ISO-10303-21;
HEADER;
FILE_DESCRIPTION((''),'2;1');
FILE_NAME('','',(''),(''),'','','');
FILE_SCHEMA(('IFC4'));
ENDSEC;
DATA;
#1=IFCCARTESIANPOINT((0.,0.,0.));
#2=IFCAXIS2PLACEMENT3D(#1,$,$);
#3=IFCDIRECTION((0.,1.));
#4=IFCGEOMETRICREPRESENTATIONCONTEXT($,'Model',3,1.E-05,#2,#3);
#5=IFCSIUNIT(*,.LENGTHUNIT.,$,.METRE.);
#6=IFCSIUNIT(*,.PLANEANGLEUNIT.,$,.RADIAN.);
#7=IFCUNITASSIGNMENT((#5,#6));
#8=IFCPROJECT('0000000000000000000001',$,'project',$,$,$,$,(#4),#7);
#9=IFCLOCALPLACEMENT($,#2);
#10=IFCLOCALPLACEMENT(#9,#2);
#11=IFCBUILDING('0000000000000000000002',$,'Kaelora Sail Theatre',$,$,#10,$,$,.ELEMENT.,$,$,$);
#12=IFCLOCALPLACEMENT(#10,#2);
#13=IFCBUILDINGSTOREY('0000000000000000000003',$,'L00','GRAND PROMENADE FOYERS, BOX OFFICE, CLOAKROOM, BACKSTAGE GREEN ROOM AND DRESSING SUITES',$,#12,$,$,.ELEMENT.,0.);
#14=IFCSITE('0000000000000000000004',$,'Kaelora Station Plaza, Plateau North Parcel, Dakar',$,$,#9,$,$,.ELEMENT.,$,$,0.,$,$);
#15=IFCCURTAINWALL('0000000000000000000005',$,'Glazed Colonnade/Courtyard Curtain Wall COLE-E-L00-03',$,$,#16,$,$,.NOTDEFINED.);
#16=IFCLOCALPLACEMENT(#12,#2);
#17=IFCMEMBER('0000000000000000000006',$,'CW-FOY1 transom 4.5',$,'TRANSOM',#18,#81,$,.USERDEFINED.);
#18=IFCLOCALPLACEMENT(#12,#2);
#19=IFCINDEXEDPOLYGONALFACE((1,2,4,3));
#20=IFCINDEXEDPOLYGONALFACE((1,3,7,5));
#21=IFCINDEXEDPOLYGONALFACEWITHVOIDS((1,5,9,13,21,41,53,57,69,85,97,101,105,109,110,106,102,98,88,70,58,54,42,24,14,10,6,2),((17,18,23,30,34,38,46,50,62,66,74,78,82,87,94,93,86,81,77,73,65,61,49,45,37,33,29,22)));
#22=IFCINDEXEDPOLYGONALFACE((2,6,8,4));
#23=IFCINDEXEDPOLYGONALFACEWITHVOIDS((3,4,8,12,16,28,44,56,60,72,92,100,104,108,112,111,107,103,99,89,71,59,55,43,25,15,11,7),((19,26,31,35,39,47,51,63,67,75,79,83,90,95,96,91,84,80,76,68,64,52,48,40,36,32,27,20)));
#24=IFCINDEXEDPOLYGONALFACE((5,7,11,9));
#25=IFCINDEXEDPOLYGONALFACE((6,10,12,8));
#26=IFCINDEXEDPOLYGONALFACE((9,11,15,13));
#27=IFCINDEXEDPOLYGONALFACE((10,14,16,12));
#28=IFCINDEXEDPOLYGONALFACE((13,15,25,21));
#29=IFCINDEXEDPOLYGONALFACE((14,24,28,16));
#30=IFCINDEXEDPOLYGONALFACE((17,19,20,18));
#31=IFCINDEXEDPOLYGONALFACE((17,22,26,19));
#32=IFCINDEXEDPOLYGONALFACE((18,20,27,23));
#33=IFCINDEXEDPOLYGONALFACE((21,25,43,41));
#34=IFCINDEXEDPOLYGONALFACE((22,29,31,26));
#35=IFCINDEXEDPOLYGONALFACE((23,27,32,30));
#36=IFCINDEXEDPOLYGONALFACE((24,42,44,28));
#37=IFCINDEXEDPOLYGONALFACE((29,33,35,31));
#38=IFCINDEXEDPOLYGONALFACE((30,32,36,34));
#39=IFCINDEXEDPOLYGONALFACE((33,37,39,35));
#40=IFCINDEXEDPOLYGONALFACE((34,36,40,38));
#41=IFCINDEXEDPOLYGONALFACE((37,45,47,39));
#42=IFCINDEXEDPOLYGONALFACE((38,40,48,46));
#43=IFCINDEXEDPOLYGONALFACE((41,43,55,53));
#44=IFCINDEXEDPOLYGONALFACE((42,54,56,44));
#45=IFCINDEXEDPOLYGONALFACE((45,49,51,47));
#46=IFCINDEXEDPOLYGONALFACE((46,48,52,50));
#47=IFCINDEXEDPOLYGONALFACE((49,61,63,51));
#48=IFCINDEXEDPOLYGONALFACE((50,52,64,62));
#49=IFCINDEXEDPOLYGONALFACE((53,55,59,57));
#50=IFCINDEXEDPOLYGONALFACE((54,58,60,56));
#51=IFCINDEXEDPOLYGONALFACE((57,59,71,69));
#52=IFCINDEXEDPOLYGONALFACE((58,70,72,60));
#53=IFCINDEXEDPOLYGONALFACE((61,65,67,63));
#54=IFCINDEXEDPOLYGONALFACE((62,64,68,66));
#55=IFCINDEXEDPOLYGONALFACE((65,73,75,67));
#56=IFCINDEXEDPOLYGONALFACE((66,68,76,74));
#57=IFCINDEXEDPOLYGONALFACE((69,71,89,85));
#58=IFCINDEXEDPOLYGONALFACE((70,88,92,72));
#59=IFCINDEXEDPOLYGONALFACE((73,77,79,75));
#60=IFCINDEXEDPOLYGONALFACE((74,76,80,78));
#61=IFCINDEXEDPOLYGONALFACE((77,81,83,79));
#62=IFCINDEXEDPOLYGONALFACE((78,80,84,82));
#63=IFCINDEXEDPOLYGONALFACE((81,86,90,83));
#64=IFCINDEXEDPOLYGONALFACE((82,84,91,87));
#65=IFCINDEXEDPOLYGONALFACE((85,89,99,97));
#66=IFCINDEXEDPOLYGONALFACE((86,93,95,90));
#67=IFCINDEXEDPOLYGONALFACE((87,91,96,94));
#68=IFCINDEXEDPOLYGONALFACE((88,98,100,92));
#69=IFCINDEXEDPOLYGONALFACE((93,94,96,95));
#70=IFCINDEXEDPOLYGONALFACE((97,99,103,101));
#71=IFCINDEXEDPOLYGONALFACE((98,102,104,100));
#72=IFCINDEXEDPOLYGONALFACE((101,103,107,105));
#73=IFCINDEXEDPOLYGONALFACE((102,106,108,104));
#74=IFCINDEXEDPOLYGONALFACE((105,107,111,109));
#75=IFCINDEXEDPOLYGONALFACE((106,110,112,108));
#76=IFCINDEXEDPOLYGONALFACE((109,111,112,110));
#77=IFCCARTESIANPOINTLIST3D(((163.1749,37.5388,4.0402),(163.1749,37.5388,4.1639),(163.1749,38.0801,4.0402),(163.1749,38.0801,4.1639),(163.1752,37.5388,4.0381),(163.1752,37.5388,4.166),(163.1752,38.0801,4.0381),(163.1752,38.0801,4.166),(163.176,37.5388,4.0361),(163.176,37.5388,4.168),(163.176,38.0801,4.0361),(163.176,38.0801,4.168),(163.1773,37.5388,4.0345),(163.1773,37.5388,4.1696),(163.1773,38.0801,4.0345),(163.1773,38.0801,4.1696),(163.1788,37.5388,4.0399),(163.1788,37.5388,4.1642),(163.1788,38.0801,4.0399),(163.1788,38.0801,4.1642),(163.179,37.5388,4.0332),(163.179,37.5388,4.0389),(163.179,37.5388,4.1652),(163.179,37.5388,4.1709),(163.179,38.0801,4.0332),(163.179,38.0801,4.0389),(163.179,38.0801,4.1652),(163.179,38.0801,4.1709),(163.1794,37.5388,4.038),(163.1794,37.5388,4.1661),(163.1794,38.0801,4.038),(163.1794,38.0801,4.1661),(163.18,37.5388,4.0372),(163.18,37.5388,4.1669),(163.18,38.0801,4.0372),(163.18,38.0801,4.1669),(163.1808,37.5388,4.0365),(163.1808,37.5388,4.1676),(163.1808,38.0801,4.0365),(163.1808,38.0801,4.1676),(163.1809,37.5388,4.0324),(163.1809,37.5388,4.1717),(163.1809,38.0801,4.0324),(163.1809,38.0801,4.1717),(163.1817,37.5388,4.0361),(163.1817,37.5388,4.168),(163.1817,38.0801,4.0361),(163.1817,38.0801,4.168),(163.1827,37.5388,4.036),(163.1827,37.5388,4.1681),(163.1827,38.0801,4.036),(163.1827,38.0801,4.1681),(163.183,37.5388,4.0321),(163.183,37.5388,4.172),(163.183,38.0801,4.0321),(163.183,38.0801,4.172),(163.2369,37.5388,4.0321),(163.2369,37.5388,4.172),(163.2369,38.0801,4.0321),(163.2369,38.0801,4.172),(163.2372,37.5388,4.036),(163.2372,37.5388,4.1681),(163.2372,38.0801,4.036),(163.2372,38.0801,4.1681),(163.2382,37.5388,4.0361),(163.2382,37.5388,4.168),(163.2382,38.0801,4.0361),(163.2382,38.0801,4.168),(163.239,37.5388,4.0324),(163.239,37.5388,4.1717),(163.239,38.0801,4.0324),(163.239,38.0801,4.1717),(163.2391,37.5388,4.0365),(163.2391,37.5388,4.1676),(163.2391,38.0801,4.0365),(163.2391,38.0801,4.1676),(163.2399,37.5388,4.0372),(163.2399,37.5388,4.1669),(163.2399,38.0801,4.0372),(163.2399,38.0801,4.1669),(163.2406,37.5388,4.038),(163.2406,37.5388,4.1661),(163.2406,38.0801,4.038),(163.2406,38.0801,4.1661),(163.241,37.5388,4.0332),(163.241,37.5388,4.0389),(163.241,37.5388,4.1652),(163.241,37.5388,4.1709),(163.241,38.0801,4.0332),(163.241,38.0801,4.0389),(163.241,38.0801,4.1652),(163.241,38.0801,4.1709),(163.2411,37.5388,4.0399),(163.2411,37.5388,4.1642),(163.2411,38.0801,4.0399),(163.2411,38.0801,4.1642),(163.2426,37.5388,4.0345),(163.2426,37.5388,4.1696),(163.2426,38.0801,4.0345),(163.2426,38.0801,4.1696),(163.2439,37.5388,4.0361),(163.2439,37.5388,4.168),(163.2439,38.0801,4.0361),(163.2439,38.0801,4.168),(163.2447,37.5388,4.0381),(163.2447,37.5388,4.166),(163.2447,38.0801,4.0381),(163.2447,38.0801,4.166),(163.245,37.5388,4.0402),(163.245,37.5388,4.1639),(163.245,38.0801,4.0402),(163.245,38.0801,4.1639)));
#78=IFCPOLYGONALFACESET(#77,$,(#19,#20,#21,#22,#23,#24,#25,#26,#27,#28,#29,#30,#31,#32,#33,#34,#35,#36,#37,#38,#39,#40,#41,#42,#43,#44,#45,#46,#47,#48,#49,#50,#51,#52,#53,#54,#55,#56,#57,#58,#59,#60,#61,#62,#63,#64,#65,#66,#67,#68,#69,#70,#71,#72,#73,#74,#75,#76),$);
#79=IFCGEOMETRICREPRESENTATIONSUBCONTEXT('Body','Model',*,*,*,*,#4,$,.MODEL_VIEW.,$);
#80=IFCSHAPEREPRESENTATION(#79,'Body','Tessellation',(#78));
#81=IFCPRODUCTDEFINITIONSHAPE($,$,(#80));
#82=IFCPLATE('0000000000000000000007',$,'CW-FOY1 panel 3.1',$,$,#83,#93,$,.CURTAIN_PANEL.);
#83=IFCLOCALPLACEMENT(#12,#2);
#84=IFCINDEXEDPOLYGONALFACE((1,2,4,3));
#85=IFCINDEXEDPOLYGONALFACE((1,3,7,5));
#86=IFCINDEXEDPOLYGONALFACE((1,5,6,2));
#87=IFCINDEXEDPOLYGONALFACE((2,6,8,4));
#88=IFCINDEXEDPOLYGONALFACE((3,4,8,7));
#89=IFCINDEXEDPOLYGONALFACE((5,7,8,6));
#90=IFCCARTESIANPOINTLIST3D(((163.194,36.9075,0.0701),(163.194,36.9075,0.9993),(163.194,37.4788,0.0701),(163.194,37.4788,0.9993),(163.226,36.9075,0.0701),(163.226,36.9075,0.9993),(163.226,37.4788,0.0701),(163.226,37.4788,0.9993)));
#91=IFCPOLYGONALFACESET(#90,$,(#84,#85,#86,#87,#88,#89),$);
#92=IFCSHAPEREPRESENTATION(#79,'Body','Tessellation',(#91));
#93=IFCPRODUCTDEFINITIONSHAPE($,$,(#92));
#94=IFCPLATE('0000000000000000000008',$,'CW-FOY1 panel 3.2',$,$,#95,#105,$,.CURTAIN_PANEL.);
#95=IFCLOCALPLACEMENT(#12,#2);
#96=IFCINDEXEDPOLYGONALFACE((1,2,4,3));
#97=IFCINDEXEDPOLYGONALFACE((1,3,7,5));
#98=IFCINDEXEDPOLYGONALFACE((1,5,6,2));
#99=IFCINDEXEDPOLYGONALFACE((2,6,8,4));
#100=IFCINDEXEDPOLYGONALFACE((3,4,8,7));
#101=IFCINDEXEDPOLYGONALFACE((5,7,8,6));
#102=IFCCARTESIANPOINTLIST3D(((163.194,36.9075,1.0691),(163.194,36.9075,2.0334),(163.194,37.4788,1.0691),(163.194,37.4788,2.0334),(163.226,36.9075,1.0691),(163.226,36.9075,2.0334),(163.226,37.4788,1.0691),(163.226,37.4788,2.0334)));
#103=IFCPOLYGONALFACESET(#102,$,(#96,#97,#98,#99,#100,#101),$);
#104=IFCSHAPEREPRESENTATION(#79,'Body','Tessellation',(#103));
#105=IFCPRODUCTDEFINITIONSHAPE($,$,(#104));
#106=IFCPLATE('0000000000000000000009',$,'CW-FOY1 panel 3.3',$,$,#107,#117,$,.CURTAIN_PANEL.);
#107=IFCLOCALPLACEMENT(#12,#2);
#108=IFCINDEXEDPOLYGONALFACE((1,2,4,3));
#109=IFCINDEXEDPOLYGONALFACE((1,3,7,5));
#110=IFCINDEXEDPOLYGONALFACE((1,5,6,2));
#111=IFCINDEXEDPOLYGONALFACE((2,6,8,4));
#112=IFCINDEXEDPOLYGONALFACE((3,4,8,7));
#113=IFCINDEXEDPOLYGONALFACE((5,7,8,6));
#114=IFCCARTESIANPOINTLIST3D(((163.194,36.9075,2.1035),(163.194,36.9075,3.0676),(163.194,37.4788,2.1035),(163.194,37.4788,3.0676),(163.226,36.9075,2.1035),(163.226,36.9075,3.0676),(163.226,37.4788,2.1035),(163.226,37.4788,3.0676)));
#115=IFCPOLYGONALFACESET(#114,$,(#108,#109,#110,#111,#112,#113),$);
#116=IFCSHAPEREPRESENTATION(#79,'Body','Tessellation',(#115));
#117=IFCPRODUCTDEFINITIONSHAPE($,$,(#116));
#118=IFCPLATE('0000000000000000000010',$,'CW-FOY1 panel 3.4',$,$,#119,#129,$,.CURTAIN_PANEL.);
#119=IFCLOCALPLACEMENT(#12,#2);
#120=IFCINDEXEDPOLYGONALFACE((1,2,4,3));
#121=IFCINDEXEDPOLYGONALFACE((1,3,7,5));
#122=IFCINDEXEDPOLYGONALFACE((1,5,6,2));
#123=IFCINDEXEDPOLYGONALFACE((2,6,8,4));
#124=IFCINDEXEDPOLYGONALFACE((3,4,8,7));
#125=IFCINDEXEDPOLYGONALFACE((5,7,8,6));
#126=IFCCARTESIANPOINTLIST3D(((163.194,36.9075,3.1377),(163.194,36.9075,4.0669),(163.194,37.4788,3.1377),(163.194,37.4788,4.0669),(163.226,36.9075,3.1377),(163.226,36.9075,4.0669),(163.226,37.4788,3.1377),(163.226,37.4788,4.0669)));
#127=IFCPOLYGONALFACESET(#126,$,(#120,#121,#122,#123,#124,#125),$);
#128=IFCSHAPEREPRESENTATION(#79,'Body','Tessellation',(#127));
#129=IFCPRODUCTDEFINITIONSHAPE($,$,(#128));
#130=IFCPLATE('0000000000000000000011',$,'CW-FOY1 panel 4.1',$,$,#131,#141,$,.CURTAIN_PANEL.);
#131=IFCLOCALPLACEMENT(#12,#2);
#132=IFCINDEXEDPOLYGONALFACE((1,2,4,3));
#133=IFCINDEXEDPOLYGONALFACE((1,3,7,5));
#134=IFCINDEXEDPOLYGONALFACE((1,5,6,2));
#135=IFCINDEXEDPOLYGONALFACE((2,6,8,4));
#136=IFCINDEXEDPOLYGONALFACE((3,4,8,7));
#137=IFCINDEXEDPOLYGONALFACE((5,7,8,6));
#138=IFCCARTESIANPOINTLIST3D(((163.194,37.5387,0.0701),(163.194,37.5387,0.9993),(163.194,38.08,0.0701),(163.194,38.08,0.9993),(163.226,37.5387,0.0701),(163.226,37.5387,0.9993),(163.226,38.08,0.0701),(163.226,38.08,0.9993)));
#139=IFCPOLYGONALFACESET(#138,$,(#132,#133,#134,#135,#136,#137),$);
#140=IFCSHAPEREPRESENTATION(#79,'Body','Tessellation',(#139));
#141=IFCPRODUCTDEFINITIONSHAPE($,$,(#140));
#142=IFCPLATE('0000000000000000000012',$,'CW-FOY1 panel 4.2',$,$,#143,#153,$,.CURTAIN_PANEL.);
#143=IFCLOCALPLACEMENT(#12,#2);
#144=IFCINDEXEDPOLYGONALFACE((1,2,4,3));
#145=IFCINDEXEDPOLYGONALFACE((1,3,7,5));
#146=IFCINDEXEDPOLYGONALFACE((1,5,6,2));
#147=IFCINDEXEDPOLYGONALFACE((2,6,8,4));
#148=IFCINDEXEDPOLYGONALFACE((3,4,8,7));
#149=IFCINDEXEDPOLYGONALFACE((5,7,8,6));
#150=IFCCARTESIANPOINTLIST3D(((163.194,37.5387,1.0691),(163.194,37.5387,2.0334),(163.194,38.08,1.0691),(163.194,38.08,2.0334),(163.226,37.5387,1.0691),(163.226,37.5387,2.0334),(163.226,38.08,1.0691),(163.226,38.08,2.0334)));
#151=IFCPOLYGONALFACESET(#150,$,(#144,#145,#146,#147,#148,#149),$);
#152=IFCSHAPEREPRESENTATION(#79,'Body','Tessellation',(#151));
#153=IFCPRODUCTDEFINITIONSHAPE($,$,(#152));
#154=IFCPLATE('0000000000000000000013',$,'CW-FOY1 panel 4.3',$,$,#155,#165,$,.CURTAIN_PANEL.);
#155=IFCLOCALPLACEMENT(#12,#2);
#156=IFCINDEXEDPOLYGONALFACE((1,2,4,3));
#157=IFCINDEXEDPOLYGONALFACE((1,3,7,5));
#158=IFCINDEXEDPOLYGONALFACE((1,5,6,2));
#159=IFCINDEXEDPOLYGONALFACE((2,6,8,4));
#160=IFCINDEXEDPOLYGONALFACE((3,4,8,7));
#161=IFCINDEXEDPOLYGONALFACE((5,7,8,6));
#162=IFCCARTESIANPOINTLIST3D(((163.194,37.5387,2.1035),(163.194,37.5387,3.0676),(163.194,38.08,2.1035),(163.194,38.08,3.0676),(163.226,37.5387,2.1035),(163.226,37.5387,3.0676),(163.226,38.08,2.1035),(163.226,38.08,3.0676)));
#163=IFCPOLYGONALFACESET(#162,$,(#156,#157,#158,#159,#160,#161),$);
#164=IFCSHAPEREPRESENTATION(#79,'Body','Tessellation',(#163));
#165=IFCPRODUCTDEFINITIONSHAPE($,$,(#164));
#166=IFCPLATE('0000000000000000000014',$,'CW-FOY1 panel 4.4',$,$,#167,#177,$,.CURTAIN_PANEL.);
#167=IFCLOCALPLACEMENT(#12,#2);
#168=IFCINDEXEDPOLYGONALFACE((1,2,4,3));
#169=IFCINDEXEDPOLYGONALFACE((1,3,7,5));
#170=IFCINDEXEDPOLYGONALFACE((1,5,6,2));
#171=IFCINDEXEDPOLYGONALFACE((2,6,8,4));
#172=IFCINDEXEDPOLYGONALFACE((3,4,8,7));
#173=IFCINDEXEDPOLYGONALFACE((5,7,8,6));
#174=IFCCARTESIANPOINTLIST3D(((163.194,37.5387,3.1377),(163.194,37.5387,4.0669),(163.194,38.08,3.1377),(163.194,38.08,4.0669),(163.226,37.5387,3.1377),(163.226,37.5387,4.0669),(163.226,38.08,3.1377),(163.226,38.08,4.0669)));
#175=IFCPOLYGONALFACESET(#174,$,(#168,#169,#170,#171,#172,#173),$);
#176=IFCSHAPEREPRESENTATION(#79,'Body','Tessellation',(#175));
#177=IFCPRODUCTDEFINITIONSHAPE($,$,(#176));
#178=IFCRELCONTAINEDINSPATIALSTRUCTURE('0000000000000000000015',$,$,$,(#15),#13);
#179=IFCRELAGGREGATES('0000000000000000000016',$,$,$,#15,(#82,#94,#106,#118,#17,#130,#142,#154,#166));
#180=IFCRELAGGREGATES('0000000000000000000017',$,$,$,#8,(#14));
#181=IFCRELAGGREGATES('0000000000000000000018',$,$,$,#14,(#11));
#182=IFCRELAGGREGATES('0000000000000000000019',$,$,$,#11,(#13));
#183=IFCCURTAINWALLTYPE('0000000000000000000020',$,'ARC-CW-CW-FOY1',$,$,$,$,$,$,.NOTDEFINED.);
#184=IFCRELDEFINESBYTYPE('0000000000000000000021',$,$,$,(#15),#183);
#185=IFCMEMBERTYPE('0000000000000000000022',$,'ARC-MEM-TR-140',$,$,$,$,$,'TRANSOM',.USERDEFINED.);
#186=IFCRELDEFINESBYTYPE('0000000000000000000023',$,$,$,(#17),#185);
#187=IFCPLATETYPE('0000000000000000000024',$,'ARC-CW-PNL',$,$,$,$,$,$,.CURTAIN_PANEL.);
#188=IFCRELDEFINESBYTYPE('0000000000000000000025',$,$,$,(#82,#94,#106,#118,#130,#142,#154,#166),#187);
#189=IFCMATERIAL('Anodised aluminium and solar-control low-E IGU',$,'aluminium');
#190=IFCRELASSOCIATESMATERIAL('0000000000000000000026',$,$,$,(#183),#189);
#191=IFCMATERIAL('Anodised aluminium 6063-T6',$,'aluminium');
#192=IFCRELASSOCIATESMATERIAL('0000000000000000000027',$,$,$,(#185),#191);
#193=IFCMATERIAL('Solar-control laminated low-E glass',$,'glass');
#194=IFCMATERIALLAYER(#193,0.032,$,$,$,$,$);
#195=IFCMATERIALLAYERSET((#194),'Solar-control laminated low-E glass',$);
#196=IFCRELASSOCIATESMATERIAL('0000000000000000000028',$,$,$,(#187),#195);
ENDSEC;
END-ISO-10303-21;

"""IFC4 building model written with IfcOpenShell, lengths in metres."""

from ifc_helpers import new_model, si_unit, direction, frame, origin, origin_2d, place, context, subcontext, project, spatial, rectangle, hollow_rectangle, extrude, material, layer, layer_set, material_profile, profile_set, type_object, element, aggregate, save


model = new_model("IFC4")

# Units and contexts
model_context = context("Model", 3, precision=1e-05, world=origin(), true_north=direction((0.0, 1.0)))
body_context = subcontext(model_context, "Body", "Model", "MODEL_VIEW")
ifc_project = project(units=[si_unit("LENGTHUNIT", "METRE"), si_unit("PLANEANGLEUNIT", "RADIAN")], contexts=[model_context])

# Site, building, storey
site_placement = place(None, origin())
site = spatial("IfcSite", under=ifc_project, at=site_placement, Name="Kaelora Station Plaza, Plateau North Parcel, Dakar", CompositionType="ELEMENT", RefElevation=0.0)
building_placement = place(site_placement, origin())
building = spatial("IfcBuilding", under=site, at=building_placement, Name="Kaelora Sail Theatre", CompositionType="ELEMENT")
storey_placement = place(building_placement, origin())
storey = spatial("IfcBuildingStorey", under=building, at=storey_placement, Name="L00", Description="GRAND PROMENADE FOYERS, BOX OFFICE, CLOAKROOM, BACKSTAGE GREEN ROOM AND DRESSING SUITES", CompositionType="ELEMENT", Elevation=0.0)

# Curtain wall, member, plates
ifc_material_1 = material(Name="Anodised aluminium and solar-control low-E IGU", Category="aluminium")
curtain_wall_type = type_object("IfcCurtainWallType", Name="ARC-CW-CW-FOY1", PredefinedType="NOTDEFINED", material=ifc_material_1)
curtain_wall_placement = place(storey_placement, origin())
curtain_wall = element("IfcCurtainWall", 1, at=curtain_wall_placement, inside=storey, type_object=curtain_wall_type, Name="Glazed Colonnade/Courtyard Curtain Wall COLE-E-L00-03", PredefinedType="NOTDEFINED")
ifc_material_2 = material(Name="Anodised aluminium 6063-T6", Category="aluminium")
ifc_material_profile_1 = material_profile(ifc_material_2, hollow_rectangle(XDim=0.0701, YDim=0.1399, WallThickness=0.0039, InnerFilletRadius=0.0039, OuterFilletRadius=0.0081, at=origin_2d()), Name="ALU-TRAN 70x140x4")
ifc_profile_set_1 = profile_set([ifc_material_profile_1], Name="Anodised aluminium 6063-T6")
member_type_1 = type_object("IfcMemberType", Name="ARC-MEM-TR-140", ElementType="TRANSOM", PredefinedType="USERDEFINED", material=ifc_profile_set_1)
member_1_placement = place(storey_placement, frame((163.21, 37.5388, 4.1021), z_axis=(0.0, 1.0, 0.0), x_axis=(-1.0, 0.0, 0.0)))
member_1 = element("IfcMember", 2, at=member_1_placement, type_object=member_type_1, Name="CW-FOY1 transom 4.5", ObjectType="TRANSOM", PredefinedType="USERDEFINED", context=body_context, shape_type="SweptSolid", body=[
    extrude(hollow_rectangle(XDim=0.0701, YDim=0.1399, WallThickness=0.0039, InnerFilletRadius=0.0039, OuterFilletRadius=0.0081, at=origin_2d()), origin(), (0.0, 0.0, 1.0), 0.5413),
])
ifc_material_3 = material(Name="Solar-control laminated low-E glass", Category="glass")
ifc_layer = layer(ifc_material_3, 0.032)
ifc_layer_set = layer_set([ifc_layer], Name="Solar-control laminated low-E glass")
plate_type = type_object("IfcPlateType", Name="ARC-CW-PNL", PredefinedType="CURTAIN_PANEL", material=ifc_layer_set)
plate_1_placement = place(storey_placement, frame((163.21, 37.1931, 0.0701), z_axis=(0.0, 0.0, 1.0), x_axis=(0.0, 1.0, 0.0)))
plate_1 = element("IfcPlate", 3, at=plate_1_placement, type_object=plate_type, Name="CW-FOY1 panel 3.1", PredefinedType="CURTAIN_PANEL", context=body_context, shape_type="SweptSolid", body=[
    extrude(rectangle(XDim=0.5713, YDim=0.032, at=origin_2d()), origin(), (0.0, 0.0, 1.0), 0.9292),
])
plate_2_placement = place(storey_placement, frame((163.21, 37.1931, 1.0691), z_axis=(0.0, 0.0, 1.0), x_axis=(0.0, 1.0, 0.0)))
plate_2 = element("IfcPlate", 4, at=plate_2_placement, type_object=plate_type, Name="CW-FOY1 panel 3.2", PredefinedType="CURTAIN_PANEL", context=body_context, shape_type="SweptSolid", body=[
    extrude(rectangle(XDim=0.5713, YDim=0.032, at=origin_2d()), origin(), (0.0, 0.0, 1.0), 0.9644),
])
plate_3_placement = place(storey_placement, frame((163.21, 37.1931, 2.1035), z_axis=(0.0, 0.0, 1.0), x_axis=(0.0, 1.0, 0.0)))
plate_3 = element("IfcPlate", 5, at=plate_3_placement, type_object=plate_type, Name="CW-FOY1 panel 3.3", PredefinedType="CURTAIN_PANEL", context=body_context, shape_type="SweptSolid", body=[
    extrude(rectangle(XDim=0.5713, YDim=0.032, at=origin_2d()), origin(), (0.0, 0.0, 1.0), 0.9641),
])
plate_4_placement = place(storey_placement, frame((163.21, 37.1931, 3.1377), z_axis=(0.0, 0.0, 1.0), x_axis=(0.0, 1.0, 0.0)))
plate_4 = element("IfcPlate", 6, at=plate_4_placement, type_object=plate_type, Name="CW-FOY1 panel 3.4", PredefinedType="CURTAIN_PANEL", context=body_context, shape_type="SweptSolid", body=[
    extrude(rectangle(XDim=0.5713, YDim=0.032, at=origin_2d()), origin(), (0.0, 0.0, 1.0), 0.9292),
])
plate_5_placement = place(storey_placement, frame((163.21, 37.8093, 0.0701), z_axis=(0.0, 0.0, 1.0), x_axis=(0.0, 1.0, 0.0)))
plate_5 = element("IfcPlate", 7, at=plate_5_placement, type_object=plate_type, Name="CW-FOY1 panel 4.1", PredefinedType="CURTAIN_PANEL", context=body_context, shape_type="SweptSolid", body=[
    extrude(rectangle(XDim=0.5413, YDim=0.032, at=origin_2d()), origin(), (0.0, 0.0, 1.0), 0.9292),
])
plate_6_placement = place(storey_placement, frame((163.21, 37.8093, 1.0691), z_axis=(0.0, 0.0, 1.0), x_axis=(0.0, 1.0, 0.0)))
plate_6 = element("IfcPlate", 8, at=plate_6_placement, type_object=plate_type, Name="CW-FOY1 panel 4.2", PredefinedType="CURTAIN_PANEL", context=body_context, shape_type="SweptSolid", body=[
    extrude(rectangle(XDim=0.5413, YDim=0.032, at=origin_2d()), origin(), (0.0, 0.0, 1.0), 0.9644),
])
plate_7_placement = place(storey_placement, frame((163.21, 37.8093, 2.1035), z_axis=(0.0, 0.0, 1.0), x_axis=(0.0, 1.0, 0.0)))
plate_7 = element("IfcPlate", 9, at=plate_7_placement, type_object=plate_type, Name="CW-FOY1 panel 4.3", PredefinedType="CURTAIN_PANEL", context=body_context, shape_type="SweptSolid", body=[
    extrude(rectangle(XDim=0.5413, YDim=0.032, at=origin_2d()), origin(), (0.0, 0.0, 1.0), 0.9641),
])
plate_8_placement = place(storey_placement, frame((163.21, 37.8093, 3.1377), z_axis=(0.0, 0.0, 1.0), x_axis=(0.0, 1.0, 0.0)))
plate_8 = element("IfcPlate", 10, at=plate_8_placement, type_object=plate_type, Name="CW-FOY1 panel 4.4", PredefinedType="CURTAIN_PANEL", context=body_context, shape_type="SweptSolid", body=[
    extrude(rectangle(XDim=0.5413, YDim=0.032, at=origin_2d()), origin(), (0.0, 0.0, 1.0), 0.9292),
])
aggregate(curtain_wall, [plate_1, plate_2, plate_3, plate_4, member_1, plate_5, plate_6, plate_7, plate_8])

save(model, "model.ifc")
